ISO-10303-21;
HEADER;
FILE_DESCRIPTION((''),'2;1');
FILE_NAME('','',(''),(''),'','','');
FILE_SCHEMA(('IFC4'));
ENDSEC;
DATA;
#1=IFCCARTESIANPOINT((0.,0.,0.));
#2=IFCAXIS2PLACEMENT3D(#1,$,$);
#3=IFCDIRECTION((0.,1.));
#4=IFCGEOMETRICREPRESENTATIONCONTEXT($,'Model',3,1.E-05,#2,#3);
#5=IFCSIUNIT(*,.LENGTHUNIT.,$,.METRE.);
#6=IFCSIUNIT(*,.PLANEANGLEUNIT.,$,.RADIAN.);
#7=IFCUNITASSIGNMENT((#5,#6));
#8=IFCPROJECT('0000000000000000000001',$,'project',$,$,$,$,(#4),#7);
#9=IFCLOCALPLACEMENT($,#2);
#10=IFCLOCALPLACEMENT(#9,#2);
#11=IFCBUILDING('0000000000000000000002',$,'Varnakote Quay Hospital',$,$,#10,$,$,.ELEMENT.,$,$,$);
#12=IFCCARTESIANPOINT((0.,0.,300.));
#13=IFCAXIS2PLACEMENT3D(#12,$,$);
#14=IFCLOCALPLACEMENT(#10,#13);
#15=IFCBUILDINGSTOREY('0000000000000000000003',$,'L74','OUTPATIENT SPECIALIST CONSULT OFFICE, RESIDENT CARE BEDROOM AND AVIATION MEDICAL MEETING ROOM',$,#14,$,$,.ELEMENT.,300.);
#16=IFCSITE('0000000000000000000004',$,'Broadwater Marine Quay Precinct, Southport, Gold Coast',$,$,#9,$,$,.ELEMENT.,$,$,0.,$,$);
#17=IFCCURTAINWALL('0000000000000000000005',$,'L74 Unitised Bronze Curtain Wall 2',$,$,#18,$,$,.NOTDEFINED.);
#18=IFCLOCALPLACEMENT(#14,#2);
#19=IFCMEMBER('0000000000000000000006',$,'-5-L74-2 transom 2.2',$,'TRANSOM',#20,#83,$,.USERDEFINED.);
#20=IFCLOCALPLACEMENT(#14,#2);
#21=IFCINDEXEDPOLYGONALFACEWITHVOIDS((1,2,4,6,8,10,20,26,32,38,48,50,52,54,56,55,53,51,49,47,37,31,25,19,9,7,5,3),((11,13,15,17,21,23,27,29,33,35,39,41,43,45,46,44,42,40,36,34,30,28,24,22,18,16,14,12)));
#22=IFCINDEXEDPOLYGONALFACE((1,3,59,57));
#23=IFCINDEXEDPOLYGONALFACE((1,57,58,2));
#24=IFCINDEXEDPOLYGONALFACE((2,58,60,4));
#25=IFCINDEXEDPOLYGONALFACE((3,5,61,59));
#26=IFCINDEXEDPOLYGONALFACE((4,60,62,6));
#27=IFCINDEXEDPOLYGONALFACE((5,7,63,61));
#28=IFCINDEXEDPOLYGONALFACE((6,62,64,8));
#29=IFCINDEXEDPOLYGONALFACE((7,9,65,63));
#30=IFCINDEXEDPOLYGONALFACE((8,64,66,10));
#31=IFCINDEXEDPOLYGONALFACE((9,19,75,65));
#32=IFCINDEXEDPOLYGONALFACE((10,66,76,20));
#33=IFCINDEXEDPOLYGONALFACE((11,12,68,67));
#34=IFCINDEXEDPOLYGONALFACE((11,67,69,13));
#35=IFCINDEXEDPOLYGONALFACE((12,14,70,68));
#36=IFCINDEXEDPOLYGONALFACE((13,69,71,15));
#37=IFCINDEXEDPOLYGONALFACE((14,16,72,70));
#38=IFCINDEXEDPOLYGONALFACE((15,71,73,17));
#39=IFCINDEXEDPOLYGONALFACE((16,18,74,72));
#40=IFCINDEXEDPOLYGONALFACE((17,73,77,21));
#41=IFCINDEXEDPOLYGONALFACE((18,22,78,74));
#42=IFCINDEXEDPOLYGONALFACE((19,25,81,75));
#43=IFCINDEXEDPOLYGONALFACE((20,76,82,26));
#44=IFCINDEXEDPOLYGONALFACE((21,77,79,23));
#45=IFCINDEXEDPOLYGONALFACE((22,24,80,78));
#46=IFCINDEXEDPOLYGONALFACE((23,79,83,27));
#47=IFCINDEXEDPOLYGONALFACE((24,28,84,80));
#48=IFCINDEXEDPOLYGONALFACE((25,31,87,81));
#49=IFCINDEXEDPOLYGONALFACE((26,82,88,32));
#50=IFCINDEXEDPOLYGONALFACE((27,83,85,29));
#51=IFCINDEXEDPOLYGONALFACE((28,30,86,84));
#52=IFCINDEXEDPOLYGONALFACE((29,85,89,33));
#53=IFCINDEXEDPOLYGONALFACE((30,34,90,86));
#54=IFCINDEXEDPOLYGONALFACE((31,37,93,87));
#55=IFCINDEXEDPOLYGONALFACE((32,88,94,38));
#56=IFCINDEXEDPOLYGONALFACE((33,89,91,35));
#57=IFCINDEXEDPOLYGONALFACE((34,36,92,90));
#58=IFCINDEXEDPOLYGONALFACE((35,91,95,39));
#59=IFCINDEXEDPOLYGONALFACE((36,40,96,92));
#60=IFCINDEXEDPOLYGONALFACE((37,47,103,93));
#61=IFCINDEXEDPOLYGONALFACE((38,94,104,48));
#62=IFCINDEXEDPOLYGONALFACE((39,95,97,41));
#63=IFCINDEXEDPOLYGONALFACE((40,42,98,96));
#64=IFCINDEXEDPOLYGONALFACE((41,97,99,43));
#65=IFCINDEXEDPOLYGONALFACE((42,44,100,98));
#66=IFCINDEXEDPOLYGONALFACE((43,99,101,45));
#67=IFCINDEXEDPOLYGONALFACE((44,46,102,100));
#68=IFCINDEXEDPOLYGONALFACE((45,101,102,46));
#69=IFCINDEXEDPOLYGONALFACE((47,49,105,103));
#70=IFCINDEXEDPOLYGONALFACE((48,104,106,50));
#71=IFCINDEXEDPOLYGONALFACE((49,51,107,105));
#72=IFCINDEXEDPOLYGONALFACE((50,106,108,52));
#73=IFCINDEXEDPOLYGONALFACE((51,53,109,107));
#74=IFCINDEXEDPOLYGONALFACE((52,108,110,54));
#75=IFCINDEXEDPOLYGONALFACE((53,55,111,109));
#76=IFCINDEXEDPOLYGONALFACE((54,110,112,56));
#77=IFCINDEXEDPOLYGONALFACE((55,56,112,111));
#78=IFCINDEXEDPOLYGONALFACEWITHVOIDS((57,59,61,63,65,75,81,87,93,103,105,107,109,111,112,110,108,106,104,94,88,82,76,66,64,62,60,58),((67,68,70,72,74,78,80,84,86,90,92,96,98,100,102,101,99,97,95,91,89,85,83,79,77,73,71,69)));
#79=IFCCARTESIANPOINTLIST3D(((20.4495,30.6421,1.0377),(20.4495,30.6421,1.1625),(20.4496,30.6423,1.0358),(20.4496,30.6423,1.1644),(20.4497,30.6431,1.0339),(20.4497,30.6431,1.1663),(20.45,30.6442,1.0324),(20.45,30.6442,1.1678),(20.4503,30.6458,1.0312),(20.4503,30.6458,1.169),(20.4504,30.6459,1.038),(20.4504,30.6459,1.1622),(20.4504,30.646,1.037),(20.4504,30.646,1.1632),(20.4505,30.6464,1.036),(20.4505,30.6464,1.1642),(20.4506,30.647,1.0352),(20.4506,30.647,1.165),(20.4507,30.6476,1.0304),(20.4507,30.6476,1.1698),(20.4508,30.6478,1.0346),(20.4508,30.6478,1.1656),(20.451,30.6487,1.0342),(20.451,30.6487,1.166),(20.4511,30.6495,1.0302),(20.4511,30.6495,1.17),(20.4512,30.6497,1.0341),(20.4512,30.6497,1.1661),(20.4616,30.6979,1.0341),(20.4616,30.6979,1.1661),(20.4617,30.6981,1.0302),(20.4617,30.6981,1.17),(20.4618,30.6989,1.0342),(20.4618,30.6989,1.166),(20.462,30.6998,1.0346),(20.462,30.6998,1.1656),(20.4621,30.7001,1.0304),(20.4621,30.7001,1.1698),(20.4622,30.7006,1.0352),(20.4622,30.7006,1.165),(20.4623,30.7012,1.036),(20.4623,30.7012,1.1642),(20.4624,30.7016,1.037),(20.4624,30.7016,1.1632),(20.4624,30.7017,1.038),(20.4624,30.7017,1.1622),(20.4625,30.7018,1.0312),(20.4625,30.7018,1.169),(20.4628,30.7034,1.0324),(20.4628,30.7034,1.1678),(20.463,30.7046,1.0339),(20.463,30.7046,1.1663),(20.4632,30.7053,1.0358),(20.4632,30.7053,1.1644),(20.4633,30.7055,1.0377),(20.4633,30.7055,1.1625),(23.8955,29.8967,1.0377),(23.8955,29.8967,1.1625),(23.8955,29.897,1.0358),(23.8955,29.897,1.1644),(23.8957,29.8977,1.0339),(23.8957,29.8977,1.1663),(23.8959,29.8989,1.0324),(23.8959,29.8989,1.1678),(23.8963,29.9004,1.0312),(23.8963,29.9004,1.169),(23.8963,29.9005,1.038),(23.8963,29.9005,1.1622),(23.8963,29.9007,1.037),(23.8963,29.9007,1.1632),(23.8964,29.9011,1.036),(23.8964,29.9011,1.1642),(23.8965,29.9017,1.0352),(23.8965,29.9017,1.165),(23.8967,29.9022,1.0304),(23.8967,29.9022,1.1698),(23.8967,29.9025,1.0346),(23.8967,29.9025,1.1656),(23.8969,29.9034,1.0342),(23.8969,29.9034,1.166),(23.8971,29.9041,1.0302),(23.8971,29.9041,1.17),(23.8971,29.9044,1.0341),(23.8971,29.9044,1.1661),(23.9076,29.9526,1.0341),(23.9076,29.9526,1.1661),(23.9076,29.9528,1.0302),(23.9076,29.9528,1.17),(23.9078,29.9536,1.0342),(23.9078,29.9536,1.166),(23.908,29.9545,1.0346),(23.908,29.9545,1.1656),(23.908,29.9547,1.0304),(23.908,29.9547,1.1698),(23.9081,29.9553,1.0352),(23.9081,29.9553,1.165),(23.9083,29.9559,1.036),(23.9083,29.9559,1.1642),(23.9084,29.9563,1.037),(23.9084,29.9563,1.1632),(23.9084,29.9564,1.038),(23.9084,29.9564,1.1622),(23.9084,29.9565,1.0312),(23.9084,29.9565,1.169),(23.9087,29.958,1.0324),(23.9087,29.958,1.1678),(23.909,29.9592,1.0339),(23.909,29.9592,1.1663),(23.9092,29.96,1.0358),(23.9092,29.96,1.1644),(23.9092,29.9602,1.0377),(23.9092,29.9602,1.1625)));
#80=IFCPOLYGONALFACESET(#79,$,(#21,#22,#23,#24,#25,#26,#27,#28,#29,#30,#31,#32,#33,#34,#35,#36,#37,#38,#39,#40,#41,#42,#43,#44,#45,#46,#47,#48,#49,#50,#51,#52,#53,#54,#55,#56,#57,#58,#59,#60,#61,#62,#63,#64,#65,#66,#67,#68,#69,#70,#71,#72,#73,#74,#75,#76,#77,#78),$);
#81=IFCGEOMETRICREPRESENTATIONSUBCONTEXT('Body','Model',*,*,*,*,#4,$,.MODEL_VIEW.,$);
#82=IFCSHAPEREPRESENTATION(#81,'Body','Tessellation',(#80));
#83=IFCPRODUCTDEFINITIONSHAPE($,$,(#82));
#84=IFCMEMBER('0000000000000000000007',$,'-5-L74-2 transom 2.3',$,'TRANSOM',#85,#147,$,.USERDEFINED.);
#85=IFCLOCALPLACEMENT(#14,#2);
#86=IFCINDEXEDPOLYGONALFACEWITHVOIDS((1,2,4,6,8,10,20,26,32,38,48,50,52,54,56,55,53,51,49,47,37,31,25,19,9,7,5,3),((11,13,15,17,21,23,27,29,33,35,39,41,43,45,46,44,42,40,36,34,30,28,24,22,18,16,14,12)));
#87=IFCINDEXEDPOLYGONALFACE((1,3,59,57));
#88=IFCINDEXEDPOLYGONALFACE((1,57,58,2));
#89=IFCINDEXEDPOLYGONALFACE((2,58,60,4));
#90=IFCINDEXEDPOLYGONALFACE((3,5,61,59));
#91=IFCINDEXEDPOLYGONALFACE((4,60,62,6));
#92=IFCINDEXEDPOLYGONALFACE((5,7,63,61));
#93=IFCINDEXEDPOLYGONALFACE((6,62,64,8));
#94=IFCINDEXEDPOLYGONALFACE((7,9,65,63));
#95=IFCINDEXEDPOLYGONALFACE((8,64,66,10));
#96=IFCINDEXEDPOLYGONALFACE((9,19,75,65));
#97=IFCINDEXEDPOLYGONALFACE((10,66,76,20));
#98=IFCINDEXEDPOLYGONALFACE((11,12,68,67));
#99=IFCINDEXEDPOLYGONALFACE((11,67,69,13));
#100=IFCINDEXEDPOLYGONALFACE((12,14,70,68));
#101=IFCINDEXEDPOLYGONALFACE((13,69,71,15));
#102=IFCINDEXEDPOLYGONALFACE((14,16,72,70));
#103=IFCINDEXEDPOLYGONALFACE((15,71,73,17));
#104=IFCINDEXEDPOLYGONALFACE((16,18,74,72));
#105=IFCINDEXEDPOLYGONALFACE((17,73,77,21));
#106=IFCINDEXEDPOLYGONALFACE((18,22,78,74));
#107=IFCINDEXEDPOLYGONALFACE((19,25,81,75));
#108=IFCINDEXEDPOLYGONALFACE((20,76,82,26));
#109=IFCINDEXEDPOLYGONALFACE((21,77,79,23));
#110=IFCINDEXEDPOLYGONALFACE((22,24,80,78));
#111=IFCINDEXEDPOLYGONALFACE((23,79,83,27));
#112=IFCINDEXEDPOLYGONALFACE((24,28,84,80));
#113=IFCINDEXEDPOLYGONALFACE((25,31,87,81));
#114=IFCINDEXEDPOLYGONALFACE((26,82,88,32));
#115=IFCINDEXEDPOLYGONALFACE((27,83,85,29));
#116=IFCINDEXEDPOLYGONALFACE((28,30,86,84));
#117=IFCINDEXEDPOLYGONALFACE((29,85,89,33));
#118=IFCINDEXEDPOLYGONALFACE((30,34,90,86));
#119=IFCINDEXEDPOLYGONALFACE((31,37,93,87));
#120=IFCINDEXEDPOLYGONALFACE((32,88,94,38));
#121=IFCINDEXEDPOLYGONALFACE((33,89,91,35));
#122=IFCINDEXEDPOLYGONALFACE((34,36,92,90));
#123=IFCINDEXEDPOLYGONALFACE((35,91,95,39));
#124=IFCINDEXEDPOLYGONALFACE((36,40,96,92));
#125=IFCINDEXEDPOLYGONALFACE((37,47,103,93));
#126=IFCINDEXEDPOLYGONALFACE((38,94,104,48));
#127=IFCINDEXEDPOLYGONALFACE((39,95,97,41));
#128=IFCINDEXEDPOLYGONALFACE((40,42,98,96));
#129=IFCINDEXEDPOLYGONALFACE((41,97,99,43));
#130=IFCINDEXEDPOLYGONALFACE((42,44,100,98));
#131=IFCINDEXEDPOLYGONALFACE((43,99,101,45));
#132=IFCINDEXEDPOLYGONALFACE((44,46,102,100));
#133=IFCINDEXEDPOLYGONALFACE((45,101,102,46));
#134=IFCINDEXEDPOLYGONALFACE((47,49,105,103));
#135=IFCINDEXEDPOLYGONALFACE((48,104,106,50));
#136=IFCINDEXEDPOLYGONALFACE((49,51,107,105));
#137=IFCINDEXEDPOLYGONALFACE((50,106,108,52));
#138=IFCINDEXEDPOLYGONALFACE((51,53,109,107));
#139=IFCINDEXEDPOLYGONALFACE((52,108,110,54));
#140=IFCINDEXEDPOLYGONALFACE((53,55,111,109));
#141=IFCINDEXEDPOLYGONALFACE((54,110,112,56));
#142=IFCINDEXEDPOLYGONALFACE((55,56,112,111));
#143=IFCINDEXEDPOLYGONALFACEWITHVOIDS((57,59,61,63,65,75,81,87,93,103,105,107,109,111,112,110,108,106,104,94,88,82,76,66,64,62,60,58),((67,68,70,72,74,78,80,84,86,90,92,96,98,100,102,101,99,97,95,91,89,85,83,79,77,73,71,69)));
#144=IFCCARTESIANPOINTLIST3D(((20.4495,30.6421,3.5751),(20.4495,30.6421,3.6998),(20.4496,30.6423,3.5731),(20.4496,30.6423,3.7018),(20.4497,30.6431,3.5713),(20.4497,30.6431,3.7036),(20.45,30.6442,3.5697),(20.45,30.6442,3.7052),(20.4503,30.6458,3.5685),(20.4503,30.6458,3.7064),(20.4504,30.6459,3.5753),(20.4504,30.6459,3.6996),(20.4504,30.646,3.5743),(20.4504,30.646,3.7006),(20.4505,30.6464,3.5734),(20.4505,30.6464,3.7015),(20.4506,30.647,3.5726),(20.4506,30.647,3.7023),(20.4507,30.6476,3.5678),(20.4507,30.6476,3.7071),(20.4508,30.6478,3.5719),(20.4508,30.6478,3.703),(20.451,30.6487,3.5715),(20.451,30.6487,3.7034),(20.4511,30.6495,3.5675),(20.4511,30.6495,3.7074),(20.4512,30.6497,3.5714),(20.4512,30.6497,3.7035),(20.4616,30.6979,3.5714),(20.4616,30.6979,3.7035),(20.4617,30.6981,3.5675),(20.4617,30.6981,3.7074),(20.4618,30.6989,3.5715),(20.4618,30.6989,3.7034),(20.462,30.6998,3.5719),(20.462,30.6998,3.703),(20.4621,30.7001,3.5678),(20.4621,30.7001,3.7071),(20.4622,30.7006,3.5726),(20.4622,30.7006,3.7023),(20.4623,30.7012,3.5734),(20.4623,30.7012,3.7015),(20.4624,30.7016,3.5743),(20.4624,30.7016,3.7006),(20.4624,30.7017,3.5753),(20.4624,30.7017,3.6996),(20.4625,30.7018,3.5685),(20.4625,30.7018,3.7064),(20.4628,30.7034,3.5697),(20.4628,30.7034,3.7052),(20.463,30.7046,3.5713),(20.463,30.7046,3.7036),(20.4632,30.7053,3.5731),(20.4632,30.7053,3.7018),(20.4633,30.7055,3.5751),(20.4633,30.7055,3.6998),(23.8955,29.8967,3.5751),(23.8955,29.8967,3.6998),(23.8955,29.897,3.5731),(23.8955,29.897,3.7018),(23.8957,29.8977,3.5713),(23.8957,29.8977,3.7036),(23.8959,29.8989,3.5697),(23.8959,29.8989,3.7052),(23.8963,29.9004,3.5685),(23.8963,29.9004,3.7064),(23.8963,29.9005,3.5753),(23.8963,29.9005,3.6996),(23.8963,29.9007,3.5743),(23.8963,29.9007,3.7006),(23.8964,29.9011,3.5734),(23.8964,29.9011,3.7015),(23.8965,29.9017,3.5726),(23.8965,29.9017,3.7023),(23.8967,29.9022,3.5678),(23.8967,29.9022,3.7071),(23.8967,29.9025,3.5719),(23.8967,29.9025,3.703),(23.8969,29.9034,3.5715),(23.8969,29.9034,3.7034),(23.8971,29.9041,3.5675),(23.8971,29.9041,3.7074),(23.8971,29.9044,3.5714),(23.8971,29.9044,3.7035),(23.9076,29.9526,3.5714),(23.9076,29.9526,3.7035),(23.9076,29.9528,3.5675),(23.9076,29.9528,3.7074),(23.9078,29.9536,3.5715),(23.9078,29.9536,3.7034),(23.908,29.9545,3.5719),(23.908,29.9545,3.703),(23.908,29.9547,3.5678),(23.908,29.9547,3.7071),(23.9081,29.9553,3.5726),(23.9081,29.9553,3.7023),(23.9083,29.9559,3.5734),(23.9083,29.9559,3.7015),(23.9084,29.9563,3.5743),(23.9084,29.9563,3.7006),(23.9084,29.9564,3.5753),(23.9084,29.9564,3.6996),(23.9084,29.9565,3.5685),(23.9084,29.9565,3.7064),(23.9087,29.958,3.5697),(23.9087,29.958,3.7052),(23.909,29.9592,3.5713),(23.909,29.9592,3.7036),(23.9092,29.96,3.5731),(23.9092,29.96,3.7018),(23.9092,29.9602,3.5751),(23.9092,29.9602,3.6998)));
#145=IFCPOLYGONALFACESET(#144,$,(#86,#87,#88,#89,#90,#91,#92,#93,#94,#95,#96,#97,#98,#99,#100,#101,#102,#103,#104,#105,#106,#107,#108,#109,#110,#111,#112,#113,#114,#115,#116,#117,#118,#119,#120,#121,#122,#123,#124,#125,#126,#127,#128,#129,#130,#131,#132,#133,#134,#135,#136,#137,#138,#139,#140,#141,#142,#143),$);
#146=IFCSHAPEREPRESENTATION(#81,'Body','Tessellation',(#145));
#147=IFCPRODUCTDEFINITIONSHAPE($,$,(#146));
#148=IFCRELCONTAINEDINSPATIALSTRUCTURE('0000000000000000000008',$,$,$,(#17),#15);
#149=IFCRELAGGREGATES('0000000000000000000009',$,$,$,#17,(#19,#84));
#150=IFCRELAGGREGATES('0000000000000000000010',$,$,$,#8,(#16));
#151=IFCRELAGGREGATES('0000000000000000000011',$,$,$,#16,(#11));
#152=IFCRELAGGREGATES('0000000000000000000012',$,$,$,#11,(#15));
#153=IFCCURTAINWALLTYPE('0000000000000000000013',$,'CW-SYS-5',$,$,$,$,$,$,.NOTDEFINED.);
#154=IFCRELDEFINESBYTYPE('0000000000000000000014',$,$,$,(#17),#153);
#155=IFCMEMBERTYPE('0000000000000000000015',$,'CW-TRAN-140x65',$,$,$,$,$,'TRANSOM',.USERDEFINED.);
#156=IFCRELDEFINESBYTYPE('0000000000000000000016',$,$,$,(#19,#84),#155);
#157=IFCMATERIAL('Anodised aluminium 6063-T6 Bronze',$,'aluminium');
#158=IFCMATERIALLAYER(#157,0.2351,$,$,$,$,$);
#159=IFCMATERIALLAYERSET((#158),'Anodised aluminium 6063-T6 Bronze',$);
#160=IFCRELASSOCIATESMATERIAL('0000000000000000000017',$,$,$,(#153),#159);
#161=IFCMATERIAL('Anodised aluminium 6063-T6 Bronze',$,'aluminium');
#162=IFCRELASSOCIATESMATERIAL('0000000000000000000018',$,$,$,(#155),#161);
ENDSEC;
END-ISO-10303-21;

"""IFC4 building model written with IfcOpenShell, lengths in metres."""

from ifc_helpers import new_model, si_unit, direction, frame, origin, origin_2d, place, context, subcontext, project, spatial, hollow_rectangle, extrude, material, layer, layer_set, material_profile, profile_set, type_object, element, aggregate, save


model = new_model("IFC4")

# Units and contexts
model_context = context("Model", 3, precision=1e-05, world=origin(), true_north=direction((0.0, 1.0)))
body_context = subcontext(model_context, "Body", "Model", "MODEL_VIEW")
ifc_project = project(units=[si_unit("LENGTHUNIT", "METRE"), si_unit("PLANEANGLEUNIT", "RADIAN")], contexts=[model_context])

# Site, building, storey
site_placement = place(None, origin())
site = spatial("IfcSite", under=ifc_project, at=site_placement, Name="Broadwater Marine Quay Precinct, Southport, Gold Coast", CompositionType="ELEMENT", RefElevation=0.0)
building_placement = place(site_placement, origin())
building = spatial("IfcBuilding", under=site, at=building_placement, Name="Varnakote Quay Hospital", CompositionType="ELEMENT")
storey_placement = place(building_placement, frame((0.0, 0.0, 300.0)))
storey = spatial("IfcBuildingStorey", under=building, at=storey_placement, Name="L74", Description="OUTPATIENT SPECIALIST CONSULT OFFICE, RESIDENT CARE BEDROOM AND AVIATION MEDICAL MEETING ROOM", CompositionType="ELEMENT", Elevation=300.0)

# Shared definitions
ifc_material_1 = material(Name="Anodised aluminium 6063-T6 Bronze", Category="aluminium")
ifc_layer_1 = layer(ifc_material_1, 0.2351)
ifc_layer_set_1 = layer_set([ifc_layer_1], Name="Anodised aluminium 6063-T6 Bronze")
curtain_wall_type = type_object("IfcCurtainWallType", Name="CW-SYS-5", PredefinedType="NOTDEFINED", material=ifc_layer_set_1)

# Curtain wall, members
curtain_wall_1_placement = place(storey_placement, origin())
curtain_wall_1 = element("IfcCurtainWall", 1, at=curtain_wall_1_placement, inside=storey, type_object=curtain_wall_type, Name="L74 Unitised Bronze Curtain Wall 2", PredefinedType="NOTDEFINED")
ifc_material_2 = material(Name="Anodised aluminium 6063-T6 Bronze", Category="aluminium")
ifc_material_profile_1 = material_profile(ifc_material_2, hollow_rectangle(XDim=0.0649, YDim=0.1399, WallThickness=0.0039, InnerFilletRadius=0.0039, OuterFilletRadius=0.0076, at=origin_2d()), Name="CW-TRAN-140x65")
ifc_profile_set_1 = profile_set([ifc_material_profile_1], Name="Anodised aluminium 6063-T6 Bronze")
member_type_1 = type_object("IfcMemberType", Name="CW-TRAN-140x65", ElementType="TRANSOM", PredefinedType="USERDEFINED", material=ifc_profile_set_1)
member_1_placement = place(storey_placement, frame((23.9023, 29.9285, 1.1001), z_axis=(-0.977398, 0.211406, 0.0), x_axis=(-0.211406, -0.977398, 0.0)))
member_1 = element("IfcMember", 2, at=member_1_placement, type_object=member_type_1, Name="-5-L74-2 transom 2.2", ObjectType="TRANSOM", PredefinedType="USERDEFINED", context=body_context, shape_type="SweptSolid", body=[
    extrude(hollow_rectangle(XDim=0.0649, YDim=0.1399, WallThickness=0.0039, InnerFilletRadius=0.0039, OuterFilletRadius=0.0076, at=origin_2d()), origin(), (0.0, 0.0, 1.0), 3.5256),
])
member_2_placement = place(storey_placement, frame((23.9023, 29.9285, 3.6375), z_axis=(-0.977398, 0.211406, 0.0), x_axis=(-0.211406, -0.977398, 0.0)))
member_2 = element("IfcMember", 3, at=member_2_placement, type_object=member_type_1, Name="-5-L74-2 transom 2.3", ObjectType="TRANSOM", PredefinedType="USERDEFINED", context=body_context, shape_type="SweptSolid", body=[
    extrude(hollow_rectangle(XDim=0.0649, YDim=0.1399, WallThickness=0.0039, InnerFilletRadius=0.0039, OuterFilletRadius=0.0076, at=origin_2d()), origin(), (0.0, 0.0, 1.0), 3.5256),
])
aggregate(curtain_wall_1, [member_1, member_2])

save(model, "model.ifc")
